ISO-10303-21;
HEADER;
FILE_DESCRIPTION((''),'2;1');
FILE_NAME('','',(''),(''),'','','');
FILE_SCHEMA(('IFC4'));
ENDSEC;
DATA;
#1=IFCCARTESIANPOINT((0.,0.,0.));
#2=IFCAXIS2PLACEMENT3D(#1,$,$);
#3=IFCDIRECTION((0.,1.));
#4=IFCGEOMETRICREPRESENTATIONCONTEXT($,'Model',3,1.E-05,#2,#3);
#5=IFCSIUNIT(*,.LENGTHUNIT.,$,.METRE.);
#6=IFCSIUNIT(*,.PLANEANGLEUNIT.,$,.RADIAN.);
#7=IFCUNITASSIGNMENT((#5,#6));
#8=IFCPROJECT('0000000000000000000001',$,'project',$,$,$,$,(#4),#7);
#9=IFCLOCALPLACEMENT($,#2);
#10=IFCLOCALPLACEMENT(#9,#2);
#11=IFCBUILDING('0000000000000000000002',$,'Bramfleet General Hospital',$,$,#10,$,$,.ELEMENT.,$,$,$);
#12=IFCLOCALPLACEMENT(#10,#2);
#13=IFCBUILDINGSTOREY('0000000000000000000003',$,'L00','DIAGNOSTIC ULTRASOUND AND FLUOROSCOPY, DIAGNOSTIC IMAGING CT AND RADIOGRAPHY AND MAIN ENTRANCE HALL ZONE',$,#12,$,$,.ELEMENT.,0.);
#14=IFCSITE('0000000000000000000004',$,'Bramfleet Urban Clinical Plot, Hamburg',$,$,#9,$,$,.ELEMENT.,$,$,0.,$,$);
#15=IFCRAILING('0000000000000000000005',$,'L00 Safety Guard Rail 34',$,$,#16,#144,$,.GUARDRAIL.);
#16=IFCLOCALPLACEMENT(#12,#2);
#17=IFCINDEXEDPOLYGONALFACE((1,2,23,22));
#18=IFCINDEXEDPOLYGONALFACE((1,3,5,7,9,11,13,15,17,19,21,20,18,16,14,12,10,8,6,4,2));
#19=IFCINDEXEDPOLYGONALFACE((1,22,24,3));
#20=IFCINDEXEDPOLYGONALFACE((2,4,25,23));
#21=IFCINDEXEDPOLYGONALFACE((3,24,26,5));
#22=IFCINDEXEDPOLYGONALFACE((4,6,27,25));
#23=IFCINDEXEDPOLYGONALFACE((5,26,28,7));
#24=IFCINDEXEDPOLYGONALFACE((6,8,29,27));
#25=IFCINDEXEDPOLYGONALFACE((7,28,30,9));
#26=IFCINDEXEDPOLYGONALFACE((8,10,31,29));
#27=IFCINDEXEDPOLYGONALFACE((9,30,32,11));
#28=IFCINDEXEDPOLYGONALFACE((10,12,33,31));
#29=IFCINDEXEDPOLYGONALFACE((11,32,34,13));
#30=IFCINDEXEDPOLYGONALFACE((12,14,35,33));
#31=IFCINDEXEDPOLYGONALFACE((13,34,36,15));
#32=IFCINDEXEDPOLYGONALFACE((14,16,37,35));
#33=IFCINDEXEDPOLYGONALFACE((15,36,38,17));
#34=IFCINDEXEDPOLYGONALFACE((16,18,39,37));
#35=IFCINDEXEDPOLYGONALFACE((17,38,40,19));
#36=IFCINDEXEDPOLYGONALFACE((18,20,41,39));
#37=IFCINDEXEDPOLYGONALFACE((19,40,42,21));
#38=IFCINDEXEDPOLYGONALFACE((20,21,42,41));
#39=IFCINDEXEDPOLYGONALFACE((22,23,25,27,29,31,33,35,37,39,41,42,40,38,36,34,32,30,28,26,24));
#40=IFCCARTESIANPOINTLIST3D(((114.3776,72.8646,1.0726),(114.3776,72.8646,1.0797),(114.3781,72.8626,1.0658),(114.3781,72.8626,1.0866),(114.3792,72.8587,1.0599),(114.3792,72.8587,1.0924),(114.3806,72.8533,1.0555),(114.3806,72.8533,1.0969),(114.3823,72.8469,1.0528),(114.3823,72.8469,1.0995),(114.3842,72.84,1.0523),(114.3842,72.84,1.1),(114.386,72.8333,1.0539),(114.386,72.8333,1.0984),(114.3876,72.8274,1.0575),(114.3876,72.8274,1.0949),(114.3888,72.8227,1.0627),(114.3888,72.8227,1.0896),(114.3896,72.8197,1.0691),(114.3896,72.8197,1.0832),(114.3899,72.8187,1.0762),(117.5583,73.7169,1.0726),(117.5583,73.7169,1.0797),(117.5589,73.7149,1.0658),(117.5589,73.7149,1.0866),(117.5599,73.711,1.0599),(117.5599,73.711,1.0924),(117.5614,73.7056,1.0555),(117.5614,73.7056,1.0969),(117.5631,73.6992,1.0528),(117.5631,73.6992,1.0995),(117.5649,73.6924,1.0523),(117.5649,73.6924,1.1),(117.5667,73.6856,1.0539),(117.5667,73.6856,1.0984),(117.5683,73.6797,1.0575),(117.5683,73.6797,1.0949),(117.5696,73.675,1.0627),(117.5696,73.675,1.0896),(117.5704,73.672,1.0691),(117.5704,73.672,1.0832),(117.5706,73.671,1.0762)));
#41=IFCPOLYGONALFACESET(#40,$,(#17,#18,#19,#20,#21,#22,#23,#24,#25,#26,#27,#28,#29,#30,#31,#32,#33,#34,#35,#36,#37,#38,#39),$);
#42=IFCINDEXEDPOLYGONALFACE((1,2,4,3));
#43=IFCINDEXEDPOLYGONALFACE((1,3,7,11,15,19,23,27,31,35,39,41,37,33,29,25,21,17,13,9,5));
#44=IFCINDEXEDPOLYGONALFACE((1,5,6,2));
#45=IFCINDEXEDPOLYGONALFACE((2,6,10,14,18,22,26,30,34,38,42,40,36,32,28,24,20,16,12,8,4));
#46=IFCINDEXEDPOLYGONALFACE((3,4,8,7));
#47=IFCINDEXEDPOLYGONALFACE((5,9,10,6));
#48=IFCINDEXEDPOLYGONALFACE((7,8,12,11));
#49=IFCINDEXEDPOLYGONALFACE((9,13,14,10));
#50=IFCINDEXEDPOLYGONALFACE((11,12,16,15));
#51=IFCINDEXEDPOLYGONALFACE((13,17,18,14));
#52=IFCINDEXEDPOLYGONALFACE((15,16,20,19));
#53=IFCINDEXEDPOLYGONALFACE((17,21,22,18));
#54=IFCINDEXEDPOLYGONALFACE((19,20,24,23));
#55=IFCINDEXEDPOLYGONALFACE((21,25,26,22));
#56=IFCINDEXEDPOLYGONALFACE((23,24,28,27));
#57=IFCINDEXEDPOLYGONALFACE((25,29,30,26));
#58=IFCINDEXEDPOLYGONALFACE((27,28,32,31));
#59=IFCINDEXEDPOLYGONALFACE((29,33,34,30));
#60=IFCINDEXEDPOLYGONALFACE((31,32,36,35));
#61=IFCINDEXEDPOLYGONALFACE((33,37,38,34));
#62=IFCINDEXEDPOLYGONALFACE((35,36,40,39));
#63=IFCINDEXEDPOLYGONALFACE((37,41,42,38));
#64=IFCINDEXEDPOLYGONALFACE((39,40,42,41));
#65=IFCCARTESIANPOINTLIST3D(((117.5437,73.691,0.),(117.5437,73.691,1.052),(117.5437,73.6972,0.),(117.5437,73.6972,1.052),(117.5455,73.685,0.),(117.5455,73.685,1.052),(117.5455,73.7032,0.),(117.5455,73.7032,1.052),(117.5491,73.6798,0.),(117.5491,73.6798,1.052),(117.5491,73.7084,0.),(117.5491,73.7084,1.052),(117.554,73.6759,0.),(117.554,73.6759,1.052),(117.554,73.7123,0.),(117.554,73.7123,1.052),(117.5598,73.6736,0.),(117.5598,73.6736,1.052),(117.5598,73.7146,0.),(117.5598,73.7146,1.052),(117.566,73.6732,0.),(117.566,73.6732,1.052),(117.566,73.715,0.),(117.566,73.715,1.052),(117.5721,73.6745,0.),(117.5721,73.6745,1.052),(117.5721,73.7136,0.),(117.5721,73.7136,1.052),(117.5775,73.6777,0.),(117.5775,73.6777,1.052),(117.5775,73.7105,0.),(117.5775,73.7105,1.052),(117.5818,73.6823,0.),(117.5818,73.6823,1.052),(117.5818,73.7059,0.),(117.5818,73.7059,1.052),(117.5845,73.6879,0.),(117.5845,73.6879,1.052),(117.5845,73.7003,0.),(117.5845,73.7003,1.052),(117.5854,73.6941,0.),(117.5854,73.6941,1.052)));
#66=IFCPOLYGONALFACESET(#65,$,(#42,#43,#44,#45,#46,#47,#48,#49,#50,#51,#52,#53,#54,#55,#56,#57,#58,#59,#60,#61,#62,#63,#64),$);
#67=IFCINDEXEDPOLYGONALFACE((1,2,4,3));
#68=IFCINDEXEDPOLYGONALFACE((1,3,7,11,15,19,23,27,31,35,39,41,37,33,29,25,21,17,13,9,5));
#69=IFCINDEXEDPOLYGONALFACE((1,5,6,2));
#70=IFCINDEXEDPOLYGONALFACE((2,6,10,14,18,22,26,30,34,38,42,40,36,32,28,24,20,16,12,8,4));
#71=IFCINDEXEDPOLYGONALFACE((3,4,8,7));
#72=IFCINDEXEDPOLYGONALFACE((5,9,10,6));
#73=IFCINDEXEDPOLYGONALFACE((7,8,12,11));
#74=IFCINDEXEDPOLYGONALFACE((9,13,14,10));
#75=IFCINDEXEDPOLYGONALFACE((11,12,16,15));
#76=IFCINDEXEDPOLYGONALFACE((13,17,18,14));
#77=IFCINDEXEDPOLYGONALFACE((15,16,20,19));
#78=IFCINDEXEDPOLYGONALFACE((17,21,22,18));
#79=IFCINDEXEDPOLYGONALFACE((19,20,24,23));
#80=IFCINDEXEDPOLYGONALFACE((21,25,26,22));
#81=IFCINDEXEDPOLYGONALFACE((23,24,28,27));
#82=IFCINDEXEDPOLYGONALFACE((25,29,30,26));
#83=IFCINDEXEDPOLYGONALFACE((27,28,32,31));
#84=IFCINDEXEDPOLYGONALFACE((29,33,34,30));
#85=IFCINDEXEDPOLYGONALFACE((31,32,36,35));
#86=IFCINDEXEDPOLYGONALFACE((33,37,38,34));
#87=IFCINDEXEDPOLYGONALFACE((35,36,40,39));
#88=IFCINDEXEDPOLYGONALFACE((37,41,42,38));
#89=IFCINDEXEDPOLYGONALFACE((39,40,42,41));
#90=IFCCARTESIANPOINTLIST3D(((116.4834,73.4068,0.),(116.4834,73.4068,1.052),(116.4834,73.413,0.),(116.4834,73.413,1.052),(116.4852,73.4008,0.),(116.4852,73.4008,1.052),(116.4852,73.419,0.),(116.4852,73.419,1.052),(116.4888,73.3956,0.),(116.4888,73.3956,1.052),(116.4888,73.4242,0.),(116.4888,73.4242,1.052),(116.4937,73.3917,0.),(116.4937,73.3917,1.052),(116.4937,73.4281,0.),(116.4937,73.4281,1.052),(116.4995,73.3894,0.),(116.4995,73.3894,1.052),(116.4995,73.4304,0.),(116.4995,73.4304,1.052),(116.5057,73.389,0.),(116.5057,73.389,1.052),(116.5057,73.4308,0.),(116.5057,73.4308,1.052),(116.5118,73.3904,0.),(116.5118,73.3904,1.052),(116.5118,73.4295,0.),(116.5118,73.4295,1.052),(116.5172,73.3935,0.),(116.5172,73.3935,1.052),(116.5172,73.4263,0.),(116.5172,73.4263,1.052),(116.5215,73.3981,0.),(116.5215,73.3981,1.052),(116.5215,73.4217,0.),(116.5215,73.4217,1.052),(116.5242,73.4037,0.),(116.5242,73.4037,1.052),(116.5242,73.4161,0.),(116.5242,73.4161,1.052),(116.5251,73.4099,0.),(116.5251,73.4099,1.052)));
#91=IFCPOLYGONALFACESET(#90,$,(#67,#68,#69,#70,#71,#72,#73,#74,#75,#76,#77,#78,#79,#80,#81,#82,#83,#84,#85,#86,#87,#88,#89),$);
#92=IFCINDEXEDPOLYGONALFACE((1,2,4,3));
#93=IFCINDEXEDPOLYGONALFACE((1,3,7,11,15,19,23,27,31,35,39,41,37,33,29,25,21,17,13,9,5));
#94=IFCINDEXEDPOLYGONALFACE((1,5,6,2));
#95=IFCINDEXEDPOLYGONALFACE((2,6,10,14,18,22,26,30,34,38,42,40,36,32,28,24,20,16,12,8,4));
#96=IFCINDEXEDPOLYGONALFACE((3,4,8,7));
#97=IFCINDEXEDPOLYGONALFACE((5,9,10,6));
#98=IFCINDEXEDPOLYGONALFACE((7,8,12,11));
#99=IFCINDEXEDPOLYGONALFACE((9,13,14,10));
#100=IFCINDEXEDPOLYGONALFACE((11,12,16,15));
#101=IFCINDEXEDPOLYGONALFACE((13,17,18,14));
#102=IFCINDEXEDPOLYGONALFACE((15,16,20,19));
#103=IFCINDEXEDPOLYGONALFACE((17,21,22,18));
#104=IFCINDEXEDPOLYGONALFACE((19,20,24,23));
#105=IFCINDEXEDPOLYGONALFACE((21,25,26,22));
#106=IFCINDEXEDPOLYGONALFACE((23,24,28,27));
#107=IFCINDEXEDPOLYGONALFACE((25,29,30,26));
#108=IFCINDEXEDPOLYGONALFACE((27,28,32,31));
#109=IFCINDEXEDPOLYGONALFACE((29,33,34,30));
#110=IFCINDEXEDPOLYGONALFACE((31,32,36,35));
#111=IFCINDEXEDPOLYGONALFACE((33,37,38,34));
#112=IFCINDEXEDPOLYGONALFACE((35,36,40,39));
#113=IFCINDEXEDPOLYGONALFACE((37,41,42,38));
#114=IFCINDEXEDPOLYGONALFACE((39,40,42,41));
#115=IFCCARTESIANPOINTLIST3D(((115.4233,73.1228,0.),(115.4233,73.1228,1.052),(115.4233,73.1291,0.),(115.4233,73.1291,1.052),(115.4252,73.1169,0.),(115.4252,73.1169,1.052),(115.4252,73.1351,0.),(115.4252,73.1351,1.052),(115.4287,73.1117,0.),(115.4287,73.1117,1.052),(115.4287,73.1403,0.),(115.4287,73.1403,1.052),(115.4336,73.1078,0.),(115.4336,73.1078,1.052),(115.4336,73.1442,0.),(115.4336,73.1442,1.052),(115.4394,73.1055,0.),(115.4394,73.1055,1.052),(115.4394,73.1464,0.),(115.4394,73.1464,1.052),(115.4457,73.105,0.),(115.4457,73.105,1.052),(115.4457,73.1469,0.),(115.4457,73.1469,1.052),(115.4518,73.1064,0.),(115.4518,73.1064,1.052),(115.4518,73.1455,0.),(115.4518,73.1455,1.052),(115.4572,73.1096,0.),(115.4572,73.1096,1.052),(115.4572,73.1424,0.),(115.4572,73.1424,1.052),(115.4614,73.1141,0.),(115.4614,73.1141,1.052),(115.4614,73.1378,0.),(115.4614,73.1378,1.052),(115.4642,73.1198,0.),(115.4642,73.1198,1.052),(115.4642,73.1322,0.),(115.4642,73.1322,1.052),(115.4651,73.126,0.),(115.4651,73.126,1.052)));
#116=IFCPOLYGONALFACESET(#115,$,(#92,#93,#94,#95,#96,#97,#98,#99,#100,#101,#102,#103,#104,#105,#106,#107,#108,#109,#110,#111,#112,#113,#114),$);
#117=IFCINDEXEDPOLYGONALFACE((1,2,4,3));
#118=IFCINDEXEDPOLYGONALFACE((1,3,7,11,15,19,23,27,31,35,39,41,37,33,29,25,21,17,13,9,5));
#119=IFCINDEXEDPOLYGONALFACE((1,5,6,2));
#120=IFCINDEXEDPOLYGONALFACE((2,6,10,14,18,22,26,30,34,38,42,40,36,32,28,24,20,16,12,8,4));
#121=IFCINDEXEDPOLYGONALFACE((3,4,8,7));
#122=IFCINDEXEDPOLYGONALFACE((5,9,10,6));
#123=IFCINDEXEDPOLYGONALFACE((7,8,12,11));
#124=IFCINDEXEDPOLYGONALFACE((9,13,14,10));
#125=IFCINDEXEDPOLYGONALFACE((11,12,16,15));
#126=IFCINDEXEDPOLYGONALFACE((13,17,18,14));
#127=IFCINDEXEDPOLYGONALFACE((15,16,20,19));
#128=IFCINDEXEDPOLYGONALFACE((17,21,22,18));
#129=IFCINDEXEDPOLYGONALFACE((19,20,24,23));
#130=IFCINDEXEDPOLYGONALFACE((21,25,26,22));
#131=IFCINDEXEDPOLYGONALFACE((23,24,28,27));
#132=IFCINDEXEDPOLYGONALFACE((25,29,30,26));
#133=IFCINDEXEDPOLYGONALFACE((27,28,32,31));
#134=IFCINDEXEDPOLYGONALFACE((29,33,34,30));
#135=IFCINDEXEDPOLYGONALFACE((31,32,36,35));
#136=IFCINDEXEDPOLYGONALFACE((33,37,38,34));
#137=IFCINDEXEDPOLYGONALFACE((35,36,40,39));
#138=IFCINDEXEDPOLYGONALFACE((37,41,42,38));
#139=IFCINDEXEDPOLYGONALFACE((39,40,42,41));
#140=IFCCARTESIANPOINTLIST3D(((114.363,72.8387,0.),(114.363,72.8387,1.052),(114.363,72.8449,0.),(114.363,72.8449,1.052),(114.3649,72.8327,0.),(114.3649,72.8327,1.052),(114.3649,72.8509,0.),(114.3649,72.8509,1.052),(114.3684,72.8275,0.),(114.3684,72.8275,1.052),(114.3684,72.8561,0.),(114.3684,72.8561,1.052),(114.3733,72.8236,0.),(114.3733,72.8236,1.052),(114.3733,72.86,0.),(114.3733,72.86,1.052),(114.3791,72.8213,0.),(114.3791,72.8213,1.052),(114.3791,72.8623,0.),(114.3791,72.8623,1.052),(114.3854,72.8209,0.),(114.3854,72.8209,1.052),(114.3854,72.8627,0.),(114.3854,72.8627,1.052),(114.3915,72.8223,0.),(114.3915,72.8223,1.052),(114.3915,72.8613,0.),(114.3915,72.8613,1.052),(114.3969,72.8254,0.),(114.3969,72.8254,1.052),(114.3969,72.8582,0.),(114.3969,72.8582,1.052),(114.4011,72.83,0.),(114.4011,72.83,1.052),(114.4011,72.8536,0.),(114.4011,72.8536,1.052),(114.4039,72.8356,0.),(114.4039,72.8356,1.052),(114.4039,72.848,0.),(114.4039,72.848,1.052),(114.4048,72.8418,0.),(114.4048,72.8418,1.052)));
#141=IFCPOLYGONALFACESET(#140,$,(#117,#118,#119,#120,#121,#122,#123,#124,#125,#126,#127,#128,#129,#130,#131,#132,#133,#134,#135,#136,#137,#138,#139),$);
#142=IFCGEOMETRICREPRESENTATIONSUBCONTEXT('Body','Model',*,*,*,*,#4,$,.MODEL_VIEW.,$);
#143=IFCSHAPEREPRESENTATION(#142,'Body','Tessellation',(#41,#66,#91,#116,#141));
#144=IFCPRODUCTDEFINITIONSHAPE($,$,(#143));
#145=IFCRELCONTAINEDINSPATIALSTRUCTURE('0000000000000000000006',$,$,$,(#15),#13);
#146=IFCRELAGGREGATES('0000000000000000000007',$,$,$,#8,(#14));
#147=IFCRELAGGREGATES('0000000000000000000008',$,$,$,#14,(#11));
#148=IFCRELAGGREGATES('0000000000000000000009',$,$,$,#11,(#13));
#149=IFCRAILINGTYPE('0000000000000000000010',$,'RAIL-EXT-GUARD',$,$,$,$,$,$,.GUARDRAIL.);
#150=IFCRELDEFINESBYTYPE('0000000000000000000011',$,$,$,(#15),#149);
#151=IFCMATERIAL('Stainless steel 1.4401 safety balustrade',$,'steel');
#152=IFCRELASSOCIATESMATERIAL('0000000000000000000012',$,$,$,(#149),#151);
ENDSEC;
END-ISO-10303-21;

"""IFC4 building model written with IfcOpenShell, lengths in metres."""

from ifc_helpers import new_model, si_unit, direction, frame, origin, origin_2d, place, context, subcontext, project, spatial, circle, extrude, material, type_object, element, save


model = new_model("IFC4")

# Units and contexts
model_context = context("Model", 3, precision=1e-05, world=origin(), true_north=direction((0.0, 1.0)))
body_context = subcontext(model_context, "Body", "Model", "MODEL_VIEW")
ifc_project = project(units=[si_unit("LENGTHUNIT", "METRE"), si_unit("PLANEANGLEUNIT", "RADIAN")], contexts=[model_context])

# Site, building, storey
site_placement = place(None, origin())
site = spatial("IfcSite", under=ifc_project, at=site_placement, Name="Bramfleet Urban Clinical Plot, Hamburg", CompositionType="ELEMENT", RefElevation=0.0)
building_placement = place(site_placement, origin())
building = spatial("IfcBuilding", under=site, at=building_placement, Name="Bramfleet General Hospital", CompositionType="ELEMENT")
storey_placement = place(building_placement, origin())
storey = spatial("IfcBuildingStorey", under=building, at=storey_placement, Name="L00", Description="DIAGNOSTIC ULTRASOUND AND FLUOROSCOPY, DIAGNOSTIC IMAGING CT AND RADIOGRAPHY AND MAIN ENTRANCE HALL ZONE", CompositionType="ELEMENT", Elevation=0.0)

# Railing
ifc_material_1 = material(Name="Stainless steel 1.4401 safety balustrade", Category="steel")
railing_type = type_object("IfcRailingType", Name="RAIL-EXT-GUARD", PredefinedType="GUARDRAIL", material=ifc_material_1)
railing_1_placement = place(storey_placement, frame((117.5645, 73.6941, 0.0)))
element("IfcRailing", 1, at=railing_1_placement, inside=storey, type_object=railing_type, Name="L00 Safety Guard Rail 34", PredefinedType="GUARDRAIL", context=body_context, shape_type="SweptSolid", body=[
    extrude(circle(Radius=0.0239, at=origin_2d()), frame((0.0, 0.0, 1.0762), z_axis=(-0.965923, -0.25883, 0.0), x_axis=(0.25883, -0.965923, 0.0)), (0.0, 0.0, 1.0), 3.293),
    extrude(circle(Radius=0.021, at=origin_2d()), origin(), (0.0, 0.0, 1.0), 1.052),
    extrude(circle(Radius=0.021, at=origin_2d()), frame((-1.0603, -0.2842, 0.0)), (0.0, 0.0, 1.0), 1.052),
    extrude(circle(Radius=0.021, at=origin_2d()), frame((-2.1204, -0.5681, 0.0)), (0.0, 0.0, 1.0), 1.052),
    extrude(circle(Radius=0.021, at=origin_2d()), frame((-3.1807, -0.8523, 0.0)), (0.0, 0.0, 1.0), 1.052),
])

save(model, "model.ifc")
